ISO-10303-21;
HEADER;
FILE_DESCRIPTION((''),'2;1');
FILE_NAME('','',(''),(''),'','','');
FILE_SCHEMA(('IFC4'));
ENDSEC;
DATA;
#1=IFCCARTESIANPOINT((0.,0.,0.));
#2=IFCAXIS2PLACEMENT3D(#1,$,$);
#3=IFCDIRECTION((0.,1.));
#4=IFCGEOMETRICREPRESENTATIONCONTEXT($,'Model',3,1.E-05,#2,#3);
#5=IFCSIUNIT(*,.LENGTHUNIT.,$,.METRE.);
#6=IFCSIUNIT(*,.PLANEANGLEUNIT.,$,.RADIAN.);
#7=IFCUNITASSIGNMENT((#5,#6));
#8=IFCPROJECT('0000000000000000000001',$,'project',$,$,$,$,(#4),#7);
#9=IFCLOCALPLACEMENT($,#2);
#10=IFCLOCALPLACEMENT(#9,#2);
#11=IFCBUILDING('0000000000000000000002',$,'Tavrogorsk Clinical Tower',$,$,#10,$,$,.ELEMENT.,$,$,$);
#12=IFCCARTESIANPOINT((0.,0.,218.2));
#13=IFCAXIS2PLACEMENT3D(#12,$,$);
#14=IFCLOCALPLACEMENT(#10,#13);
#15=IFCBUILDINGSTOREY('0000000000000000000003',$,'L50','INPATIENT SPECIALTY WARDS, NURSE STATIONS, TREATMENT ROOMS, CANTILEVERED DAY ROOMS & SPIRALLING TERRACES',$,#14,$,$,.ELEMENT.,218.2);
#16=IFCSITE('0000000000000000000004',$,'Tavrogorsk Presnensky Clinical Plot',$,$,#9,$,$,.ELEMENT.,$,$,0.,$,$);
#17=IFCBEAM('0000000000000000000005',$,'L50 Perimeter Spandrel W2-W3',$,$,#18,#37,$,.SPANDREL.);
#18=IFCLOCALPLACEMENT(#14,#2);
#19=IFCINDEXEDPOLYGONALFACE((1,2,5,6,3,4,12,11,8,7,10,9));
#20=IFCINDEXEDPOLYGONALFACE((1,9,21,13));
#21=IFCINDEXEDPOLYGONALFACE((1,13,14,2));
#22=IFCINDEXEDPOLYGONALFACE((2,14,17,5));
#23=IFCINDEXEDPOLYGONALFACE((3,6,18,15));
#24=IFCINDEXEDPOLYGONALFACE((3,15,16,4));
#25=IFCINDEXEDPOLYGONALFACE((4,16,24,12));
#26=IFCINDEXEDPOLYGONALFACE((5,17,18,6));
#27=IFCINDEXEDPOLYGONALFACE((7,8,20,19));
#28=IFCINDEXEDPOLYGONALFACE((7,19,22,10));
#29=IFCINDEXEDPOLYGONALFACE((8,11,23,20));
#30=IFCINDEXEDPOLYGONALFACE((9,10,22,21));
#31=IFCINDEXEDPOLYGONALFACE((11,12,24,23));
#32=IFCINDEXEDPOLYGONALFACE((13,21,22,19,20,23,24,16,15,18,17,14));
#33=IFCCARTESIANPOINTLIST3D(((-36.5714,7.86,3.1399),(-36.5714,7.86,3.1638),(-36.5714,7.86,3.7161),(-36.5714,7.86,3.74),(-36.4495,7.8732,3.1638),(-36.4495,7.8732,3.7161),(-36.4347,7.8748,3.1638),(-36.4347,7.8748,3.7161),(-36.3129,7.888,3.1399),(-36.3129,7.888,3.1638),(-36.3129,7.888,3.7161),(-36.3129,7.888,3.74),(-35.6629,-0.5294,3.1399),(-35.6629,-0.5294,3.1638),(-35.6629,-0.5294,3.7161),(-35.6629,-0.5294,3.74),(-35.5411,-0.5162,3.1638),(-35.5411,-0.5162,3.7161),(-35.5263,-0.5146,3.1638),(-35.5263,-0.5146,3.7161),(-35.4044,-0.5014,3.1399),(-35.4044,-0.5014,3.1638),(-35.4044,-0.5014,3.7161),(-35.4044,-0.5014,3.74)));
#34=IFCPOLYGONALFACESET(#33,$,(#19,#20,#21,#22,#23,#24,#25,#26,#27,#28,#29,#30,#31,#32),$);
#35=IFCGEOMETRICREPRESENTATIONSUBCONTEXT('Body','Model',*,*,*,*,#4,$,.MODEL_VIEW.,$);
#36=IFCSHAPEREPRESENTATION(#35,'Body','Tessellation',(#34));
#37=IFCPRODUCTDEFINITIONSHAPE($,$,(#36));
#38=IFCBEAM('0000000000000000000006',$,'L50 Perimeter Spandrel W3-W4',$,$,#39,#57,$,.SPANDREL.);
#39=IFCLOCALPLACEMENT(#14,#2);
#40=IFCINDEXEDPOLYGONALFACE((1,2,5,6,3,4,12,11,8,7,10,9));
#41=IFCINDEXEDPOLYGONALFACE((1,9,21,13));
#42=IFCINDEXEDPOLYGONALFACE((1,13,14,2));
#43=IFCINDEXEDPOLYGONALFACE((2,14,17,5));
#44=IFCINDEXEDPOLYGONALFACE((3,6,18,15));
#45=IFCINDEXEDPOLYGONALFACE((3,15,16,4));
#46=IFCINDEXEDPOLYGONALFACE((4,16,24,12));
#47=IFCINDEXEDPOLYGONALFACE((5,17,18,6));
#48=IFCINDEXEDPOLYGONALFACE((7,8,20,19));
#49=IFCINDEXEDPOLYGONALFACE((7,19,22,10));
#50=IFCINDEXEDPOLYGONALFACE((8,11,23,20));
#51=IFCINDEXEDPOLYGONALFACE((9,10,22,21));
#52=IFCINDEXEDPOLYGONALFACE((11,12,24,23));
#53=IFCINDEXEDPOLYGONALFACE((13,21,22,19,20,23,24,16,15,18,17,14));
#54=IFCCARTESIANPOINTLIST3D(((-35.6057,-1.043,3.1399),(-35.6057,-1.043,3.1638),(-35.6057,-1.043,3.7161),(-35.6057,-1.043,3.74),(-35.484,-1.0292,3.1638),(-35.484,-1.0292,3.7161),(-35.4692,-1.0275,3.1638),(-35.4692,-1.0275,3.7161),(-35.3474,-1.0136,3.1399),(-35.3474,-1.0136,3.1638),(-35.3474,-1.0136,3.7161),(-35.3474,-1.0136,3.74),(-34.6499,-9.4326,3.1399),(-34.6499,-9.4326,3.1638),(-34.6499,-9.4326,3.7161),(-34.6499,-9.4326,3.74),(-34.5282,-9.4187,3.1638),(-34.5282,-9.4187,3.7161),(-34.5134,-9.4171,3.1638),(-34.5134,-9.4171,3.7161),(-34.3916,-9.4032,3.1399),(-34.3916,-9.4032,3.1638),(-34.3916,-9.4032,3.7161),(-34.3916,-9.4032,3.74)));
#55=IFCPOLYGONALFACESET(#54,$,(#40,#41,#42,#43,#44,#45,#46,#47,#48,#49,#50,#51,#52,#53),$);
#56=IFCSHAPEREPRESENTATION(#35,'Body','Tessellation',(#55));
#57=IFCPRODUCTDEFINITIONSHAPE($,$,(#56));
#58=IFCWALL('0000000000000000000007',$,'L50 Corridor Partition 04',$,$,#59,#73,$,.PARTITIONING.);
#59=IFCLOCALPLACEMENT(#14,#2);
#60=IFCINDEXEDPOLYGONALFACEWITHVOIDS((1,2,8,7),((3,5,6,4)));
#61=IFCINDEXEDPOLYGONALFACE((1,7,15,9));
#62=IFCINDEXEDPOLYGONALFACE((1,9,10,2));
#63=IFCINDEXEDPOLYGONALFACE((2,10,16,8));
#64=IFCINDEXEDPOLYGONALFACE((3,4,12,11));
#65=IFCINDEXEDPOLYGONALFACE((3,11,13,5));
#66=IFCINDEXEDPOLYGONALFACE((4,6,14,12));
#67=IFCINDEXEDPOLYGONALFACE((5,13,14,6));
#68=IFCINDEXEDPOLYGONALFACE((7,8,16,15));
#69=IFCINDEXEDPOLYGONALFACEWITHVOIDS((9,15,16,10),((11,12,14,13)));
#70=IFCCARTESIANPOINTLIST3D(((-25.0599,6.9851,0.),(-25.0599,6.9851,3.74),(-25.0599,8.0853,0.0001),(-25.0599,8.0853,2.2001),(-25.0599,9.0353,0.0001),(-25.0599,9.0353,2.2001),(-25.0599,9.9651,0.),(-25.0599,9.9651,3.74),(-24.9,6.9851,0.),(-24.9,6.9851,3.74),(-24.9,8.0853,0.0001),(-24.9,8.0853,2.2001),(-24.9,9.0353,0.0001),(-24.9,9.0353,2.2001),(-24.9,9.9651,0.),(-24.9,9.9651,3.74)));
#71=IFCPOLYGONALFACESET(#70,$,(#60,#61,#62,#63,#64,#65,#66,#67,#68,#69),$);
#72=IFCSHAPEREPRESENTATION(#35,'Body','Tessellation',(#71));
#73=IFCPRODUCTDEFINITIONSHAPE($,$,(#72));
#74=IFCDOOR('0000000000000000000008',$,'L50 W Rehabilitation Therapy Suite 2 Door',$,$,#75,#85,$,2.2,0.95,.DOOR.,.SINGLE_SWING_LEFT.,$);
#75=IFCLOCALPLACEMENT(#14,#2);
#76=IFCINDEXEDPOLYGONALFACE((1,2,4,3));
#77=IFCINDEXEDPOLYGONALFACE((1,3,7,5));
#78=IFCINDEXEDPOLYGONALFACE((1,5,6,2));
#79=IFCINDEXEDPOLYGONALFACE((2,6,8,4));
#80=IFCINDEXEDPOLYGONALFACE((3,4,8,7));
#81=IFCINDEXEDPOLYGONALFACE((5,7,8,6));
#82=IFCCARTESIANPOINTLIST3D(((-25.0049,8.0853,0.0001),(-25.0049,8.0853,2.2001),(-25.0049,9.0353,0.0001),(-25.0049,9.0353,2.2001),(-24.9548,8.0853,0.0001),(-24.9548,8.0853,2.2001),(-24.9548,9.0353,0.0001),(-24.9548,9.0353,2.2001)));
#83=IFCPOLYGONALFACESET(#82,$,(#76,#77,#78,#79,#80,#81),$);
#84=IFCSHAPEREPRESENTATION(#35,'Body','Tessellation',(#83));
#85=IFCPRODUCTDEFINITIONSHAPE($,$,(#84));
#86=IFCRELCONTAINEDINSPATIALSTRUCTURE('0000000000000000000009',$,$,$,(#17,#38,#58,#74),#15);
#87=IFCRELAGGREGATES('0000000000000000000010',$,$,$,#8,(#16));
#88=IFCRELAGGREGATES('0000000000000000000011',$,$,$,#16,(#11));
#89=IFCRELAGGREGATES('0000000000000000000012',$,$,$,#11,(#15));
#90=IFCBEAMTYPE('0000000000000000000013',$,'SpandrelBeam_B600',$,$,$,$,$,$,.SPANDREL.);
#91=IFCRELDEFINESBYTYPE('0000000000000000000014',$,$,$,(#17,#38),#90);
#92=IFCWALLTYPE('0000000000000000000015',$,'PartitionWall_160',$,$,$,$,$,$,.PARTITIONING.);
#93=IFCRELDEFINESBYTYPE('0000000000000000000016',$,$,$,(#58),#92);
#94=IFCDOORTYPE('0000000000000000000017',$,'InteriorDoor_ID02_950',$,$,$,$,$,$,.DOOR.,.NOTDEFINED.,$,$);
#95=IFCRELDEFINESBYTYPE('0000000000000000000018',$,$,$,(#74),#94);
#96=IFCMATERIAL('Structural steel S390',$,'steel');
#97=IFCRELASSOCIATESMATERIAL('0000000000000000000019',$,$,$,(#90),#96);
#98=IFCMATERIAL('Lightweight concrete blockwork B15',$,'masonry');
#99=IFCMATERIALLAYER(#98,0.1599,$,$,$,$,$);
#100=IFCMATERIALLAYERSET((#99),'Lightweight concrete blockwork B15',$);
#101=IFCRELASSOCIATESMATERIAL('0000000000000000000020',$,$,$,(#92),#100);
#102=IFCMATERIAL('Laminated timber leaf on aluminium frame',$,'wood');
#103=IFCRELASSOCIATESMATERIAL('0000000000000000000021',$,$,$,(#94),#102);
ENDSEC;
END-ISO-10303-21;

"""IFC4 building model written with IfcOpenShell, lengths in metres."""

from ifc_helpers import new_model, si_unit, direction, frame, frame_2d, origin, origin_2d, place, context, subcontext, project, spatial, rectangle, i_section, extrude, material, layer, layer_set, material_profile, profile_set, type_object, element, fill, save


model = new_model("IFC4")

# Units and contexts
model_context = context("Model", 3, precision=1e-05, world=origin(), true_north=direction((0.0, 1.0)))
body_context = subcontext(model_context, "Body", "Model", "MODEL_VIEW")
ifc_project = project(units=[si_unit("LENGTHUNIT", "METRE"), si_unit("PLANEANGLEUNIT", "RADIAN")], contexts=[model_context])

# Site, building, storey
site_placement = place(None, origin())
site = spatial("IfcSite", under=ifc_project, at=site_placement, Name="Tavrogorsk Presnensky Clinical Plot", CompositionType="ELEMENT", RefElevation=0.0)
building_placement = place(site_placement, origin())
building = spatial("IfcBuilding", under=site, at=building_placement, Name="Tavrogorsk Clinical Tower", CompositionType="ELEMENT")
storey_placement = place(building_placement, frame((0.0, 0.0, 218.2)))
storey = spatial("IfcBuildingStorey", under=building, at=storey_placement, Name="L50", Description="INPATIENT SPECIALTY WARDS, NURSE STATIONS, TREATMENT ROOMS, CANTILEVERED DAY ROOMS & SPIRALLING TERRACES", CompositionType="ELEMENT", Elevation=218.2)

# Beams
ifc_material_1 = material(Name="Structural steel S390", Category="steel")
ifc_material_profile_1 = material_profile(ifc_material_1, i_section(OverallWidth=0.26, OverallDepth=0.6001, WebThickness=0.0149, FlangeThickness=0.0239, at=origin_2d()), Name="B-600x260x15x24")
ifc_profile_set_1 = profile_set([ifc_material_profile_1], Name="Structural steel S390")
beam_type_1 = type_object("IfcBeamType", Name="SpandrelBeam_B600", PredefinedType="SPANDREL", material=ifc_profile_set_1)
beam_1_placement = place(storey_placement, frame((-36.4421, 7.874, 3.4399), z_axis=(0.107656, -0.994188, 0.0), x_axis=(0.994188, 0.107656, 0.0)))
element("IfcBeam", 1, at=beam_1_placement, inside=storey, type_object=beam_type_1, Name="L50 Perimeter Spandrel W2-W3", PredefinedType="SPANDREL", context=body_context, shape_type="SweptSolid", body=[
    extrude(i_section(OverallWidth=0.26, OverallDepth=0.6001, WebThickness=0.0149, FlangeThickness=0.0239, at=origin_2d()), origin(), (0.0, 0.0, 1.0), 8.4385),
])
beam_2_placement = place(storey_placement, frame((-35.4766, -1.0283, 3.4399), z_axis=(0.113195, -0.993573, 0.0), x_axis=(0.993573, 0.113195, 0.0)))
element("IfcBeam", 2, at=beam_2_placement, inside=storey, type_object=beam_type_1, Name="L50 Perimeter Spandrel W3-W4", PredefinedType="SPANDREL", context=body_context, shape_type="SweptSolid", body=[
    extrude(i_section(OverallWidth=0.26, OverallDepth=0.6001, WebThickness=0.0149, FlangeThickness=0.0239, at=origin_2d()), origin(), (0.0, 0.0, 1.0), 8.4438),
])

# Wall, opening, door
ifc_material_2 = material(Name="Lightweight concrete blockwork B15", Category="masonry")
ifc_layer_1 = layer(ifc_material_2, 0.1599)
ifc_layer_set_1 = layer_set([ifc_layer_1], Name="Lightweight concrete blockwork B15")
wall_type_1 = type_object("IfcWallType", Name="PartitionWall_160", PredefinedType="PARTITIONING", material=ifc_layer_set_1)
wall_1_placement = place(storey_placement, frame((-24.98, 6.9851, 0.0), z_axis=(0.0, 0.0, 1.0), x_axis=(0.0, 1.0, 0.0)))
wall_1 = element("IfcWall", 3, at=wall_1_placement, inside=storey, type_object=wall_type_1, Name="L50 Corridor Partition 04", PredefinedType="PARTITIONING", context=body_context, shape_type="SweptSolid", body=[
    extrude(rectangle(XDim=2.98, YDim=0.1599, at=frame_2d((1.49, 0.0))), origin(), (0.0, 0.0, 1.0), 3.74),
])
opening_1_placement = place(wall_1_placement, frame((1.1001, 0.0, 0.0)))
opening_1 = element("IfcOpeningElement", 4, at=opening_1_placement, cuts=wall_1, PredefinedType="OPENING", context=body_context, shape_type="SweptSolid", body=[
    extrude(rectangle(XDim=0.95, YDim=2.2, at=frame_2d((0.4751, 1.1001))), frame((0.0, 0.0898, 0.0), z_axis=(0.0, -1.0, 0.0), x_axis=(1.0, 0.0, 0.0)), (0.0, 0.0, 1.0), 0.1799),
])
ifc_material_3 = material(Name="Laminated timber leaf on aluminium frame", Category="wood")
door_type_1 = type_object("IfcDoorType", Name="InteriorDoor_ID02_950", OperationType="NOTDEFINED", PredefinedType="DOOR", material=ifc_material_3)
door_1_placement = place(opening_1_placement, origin())
door_1 = element("IfcDoor", 5, at=door_1_placement, inside=storey, type_object=door_type_1, Name="L50 W Rehabilitation Therapy Suite 2 Door", OperationType="SINGLE_SWING_LEFT", OverallHeight=2.2, OverallWidth=0.95, PredefinedType="DOOR", context=body_context, shape_type="SweptSolid", body=[
    extrude(rectangle(XDim=0.95, YDim=2.2, at=frame_2d((0.4751, 1.1001))), frame((0.0, 0.0249, 0.0), z_axis=(0.0, -1.0, 0.0), x_axis=(1.0, 0.0, 0.0)), (0.0, 0.0, 1.0), 0.05),
])
fill(opening_1, door_1)

save(model, "model.ifc")
